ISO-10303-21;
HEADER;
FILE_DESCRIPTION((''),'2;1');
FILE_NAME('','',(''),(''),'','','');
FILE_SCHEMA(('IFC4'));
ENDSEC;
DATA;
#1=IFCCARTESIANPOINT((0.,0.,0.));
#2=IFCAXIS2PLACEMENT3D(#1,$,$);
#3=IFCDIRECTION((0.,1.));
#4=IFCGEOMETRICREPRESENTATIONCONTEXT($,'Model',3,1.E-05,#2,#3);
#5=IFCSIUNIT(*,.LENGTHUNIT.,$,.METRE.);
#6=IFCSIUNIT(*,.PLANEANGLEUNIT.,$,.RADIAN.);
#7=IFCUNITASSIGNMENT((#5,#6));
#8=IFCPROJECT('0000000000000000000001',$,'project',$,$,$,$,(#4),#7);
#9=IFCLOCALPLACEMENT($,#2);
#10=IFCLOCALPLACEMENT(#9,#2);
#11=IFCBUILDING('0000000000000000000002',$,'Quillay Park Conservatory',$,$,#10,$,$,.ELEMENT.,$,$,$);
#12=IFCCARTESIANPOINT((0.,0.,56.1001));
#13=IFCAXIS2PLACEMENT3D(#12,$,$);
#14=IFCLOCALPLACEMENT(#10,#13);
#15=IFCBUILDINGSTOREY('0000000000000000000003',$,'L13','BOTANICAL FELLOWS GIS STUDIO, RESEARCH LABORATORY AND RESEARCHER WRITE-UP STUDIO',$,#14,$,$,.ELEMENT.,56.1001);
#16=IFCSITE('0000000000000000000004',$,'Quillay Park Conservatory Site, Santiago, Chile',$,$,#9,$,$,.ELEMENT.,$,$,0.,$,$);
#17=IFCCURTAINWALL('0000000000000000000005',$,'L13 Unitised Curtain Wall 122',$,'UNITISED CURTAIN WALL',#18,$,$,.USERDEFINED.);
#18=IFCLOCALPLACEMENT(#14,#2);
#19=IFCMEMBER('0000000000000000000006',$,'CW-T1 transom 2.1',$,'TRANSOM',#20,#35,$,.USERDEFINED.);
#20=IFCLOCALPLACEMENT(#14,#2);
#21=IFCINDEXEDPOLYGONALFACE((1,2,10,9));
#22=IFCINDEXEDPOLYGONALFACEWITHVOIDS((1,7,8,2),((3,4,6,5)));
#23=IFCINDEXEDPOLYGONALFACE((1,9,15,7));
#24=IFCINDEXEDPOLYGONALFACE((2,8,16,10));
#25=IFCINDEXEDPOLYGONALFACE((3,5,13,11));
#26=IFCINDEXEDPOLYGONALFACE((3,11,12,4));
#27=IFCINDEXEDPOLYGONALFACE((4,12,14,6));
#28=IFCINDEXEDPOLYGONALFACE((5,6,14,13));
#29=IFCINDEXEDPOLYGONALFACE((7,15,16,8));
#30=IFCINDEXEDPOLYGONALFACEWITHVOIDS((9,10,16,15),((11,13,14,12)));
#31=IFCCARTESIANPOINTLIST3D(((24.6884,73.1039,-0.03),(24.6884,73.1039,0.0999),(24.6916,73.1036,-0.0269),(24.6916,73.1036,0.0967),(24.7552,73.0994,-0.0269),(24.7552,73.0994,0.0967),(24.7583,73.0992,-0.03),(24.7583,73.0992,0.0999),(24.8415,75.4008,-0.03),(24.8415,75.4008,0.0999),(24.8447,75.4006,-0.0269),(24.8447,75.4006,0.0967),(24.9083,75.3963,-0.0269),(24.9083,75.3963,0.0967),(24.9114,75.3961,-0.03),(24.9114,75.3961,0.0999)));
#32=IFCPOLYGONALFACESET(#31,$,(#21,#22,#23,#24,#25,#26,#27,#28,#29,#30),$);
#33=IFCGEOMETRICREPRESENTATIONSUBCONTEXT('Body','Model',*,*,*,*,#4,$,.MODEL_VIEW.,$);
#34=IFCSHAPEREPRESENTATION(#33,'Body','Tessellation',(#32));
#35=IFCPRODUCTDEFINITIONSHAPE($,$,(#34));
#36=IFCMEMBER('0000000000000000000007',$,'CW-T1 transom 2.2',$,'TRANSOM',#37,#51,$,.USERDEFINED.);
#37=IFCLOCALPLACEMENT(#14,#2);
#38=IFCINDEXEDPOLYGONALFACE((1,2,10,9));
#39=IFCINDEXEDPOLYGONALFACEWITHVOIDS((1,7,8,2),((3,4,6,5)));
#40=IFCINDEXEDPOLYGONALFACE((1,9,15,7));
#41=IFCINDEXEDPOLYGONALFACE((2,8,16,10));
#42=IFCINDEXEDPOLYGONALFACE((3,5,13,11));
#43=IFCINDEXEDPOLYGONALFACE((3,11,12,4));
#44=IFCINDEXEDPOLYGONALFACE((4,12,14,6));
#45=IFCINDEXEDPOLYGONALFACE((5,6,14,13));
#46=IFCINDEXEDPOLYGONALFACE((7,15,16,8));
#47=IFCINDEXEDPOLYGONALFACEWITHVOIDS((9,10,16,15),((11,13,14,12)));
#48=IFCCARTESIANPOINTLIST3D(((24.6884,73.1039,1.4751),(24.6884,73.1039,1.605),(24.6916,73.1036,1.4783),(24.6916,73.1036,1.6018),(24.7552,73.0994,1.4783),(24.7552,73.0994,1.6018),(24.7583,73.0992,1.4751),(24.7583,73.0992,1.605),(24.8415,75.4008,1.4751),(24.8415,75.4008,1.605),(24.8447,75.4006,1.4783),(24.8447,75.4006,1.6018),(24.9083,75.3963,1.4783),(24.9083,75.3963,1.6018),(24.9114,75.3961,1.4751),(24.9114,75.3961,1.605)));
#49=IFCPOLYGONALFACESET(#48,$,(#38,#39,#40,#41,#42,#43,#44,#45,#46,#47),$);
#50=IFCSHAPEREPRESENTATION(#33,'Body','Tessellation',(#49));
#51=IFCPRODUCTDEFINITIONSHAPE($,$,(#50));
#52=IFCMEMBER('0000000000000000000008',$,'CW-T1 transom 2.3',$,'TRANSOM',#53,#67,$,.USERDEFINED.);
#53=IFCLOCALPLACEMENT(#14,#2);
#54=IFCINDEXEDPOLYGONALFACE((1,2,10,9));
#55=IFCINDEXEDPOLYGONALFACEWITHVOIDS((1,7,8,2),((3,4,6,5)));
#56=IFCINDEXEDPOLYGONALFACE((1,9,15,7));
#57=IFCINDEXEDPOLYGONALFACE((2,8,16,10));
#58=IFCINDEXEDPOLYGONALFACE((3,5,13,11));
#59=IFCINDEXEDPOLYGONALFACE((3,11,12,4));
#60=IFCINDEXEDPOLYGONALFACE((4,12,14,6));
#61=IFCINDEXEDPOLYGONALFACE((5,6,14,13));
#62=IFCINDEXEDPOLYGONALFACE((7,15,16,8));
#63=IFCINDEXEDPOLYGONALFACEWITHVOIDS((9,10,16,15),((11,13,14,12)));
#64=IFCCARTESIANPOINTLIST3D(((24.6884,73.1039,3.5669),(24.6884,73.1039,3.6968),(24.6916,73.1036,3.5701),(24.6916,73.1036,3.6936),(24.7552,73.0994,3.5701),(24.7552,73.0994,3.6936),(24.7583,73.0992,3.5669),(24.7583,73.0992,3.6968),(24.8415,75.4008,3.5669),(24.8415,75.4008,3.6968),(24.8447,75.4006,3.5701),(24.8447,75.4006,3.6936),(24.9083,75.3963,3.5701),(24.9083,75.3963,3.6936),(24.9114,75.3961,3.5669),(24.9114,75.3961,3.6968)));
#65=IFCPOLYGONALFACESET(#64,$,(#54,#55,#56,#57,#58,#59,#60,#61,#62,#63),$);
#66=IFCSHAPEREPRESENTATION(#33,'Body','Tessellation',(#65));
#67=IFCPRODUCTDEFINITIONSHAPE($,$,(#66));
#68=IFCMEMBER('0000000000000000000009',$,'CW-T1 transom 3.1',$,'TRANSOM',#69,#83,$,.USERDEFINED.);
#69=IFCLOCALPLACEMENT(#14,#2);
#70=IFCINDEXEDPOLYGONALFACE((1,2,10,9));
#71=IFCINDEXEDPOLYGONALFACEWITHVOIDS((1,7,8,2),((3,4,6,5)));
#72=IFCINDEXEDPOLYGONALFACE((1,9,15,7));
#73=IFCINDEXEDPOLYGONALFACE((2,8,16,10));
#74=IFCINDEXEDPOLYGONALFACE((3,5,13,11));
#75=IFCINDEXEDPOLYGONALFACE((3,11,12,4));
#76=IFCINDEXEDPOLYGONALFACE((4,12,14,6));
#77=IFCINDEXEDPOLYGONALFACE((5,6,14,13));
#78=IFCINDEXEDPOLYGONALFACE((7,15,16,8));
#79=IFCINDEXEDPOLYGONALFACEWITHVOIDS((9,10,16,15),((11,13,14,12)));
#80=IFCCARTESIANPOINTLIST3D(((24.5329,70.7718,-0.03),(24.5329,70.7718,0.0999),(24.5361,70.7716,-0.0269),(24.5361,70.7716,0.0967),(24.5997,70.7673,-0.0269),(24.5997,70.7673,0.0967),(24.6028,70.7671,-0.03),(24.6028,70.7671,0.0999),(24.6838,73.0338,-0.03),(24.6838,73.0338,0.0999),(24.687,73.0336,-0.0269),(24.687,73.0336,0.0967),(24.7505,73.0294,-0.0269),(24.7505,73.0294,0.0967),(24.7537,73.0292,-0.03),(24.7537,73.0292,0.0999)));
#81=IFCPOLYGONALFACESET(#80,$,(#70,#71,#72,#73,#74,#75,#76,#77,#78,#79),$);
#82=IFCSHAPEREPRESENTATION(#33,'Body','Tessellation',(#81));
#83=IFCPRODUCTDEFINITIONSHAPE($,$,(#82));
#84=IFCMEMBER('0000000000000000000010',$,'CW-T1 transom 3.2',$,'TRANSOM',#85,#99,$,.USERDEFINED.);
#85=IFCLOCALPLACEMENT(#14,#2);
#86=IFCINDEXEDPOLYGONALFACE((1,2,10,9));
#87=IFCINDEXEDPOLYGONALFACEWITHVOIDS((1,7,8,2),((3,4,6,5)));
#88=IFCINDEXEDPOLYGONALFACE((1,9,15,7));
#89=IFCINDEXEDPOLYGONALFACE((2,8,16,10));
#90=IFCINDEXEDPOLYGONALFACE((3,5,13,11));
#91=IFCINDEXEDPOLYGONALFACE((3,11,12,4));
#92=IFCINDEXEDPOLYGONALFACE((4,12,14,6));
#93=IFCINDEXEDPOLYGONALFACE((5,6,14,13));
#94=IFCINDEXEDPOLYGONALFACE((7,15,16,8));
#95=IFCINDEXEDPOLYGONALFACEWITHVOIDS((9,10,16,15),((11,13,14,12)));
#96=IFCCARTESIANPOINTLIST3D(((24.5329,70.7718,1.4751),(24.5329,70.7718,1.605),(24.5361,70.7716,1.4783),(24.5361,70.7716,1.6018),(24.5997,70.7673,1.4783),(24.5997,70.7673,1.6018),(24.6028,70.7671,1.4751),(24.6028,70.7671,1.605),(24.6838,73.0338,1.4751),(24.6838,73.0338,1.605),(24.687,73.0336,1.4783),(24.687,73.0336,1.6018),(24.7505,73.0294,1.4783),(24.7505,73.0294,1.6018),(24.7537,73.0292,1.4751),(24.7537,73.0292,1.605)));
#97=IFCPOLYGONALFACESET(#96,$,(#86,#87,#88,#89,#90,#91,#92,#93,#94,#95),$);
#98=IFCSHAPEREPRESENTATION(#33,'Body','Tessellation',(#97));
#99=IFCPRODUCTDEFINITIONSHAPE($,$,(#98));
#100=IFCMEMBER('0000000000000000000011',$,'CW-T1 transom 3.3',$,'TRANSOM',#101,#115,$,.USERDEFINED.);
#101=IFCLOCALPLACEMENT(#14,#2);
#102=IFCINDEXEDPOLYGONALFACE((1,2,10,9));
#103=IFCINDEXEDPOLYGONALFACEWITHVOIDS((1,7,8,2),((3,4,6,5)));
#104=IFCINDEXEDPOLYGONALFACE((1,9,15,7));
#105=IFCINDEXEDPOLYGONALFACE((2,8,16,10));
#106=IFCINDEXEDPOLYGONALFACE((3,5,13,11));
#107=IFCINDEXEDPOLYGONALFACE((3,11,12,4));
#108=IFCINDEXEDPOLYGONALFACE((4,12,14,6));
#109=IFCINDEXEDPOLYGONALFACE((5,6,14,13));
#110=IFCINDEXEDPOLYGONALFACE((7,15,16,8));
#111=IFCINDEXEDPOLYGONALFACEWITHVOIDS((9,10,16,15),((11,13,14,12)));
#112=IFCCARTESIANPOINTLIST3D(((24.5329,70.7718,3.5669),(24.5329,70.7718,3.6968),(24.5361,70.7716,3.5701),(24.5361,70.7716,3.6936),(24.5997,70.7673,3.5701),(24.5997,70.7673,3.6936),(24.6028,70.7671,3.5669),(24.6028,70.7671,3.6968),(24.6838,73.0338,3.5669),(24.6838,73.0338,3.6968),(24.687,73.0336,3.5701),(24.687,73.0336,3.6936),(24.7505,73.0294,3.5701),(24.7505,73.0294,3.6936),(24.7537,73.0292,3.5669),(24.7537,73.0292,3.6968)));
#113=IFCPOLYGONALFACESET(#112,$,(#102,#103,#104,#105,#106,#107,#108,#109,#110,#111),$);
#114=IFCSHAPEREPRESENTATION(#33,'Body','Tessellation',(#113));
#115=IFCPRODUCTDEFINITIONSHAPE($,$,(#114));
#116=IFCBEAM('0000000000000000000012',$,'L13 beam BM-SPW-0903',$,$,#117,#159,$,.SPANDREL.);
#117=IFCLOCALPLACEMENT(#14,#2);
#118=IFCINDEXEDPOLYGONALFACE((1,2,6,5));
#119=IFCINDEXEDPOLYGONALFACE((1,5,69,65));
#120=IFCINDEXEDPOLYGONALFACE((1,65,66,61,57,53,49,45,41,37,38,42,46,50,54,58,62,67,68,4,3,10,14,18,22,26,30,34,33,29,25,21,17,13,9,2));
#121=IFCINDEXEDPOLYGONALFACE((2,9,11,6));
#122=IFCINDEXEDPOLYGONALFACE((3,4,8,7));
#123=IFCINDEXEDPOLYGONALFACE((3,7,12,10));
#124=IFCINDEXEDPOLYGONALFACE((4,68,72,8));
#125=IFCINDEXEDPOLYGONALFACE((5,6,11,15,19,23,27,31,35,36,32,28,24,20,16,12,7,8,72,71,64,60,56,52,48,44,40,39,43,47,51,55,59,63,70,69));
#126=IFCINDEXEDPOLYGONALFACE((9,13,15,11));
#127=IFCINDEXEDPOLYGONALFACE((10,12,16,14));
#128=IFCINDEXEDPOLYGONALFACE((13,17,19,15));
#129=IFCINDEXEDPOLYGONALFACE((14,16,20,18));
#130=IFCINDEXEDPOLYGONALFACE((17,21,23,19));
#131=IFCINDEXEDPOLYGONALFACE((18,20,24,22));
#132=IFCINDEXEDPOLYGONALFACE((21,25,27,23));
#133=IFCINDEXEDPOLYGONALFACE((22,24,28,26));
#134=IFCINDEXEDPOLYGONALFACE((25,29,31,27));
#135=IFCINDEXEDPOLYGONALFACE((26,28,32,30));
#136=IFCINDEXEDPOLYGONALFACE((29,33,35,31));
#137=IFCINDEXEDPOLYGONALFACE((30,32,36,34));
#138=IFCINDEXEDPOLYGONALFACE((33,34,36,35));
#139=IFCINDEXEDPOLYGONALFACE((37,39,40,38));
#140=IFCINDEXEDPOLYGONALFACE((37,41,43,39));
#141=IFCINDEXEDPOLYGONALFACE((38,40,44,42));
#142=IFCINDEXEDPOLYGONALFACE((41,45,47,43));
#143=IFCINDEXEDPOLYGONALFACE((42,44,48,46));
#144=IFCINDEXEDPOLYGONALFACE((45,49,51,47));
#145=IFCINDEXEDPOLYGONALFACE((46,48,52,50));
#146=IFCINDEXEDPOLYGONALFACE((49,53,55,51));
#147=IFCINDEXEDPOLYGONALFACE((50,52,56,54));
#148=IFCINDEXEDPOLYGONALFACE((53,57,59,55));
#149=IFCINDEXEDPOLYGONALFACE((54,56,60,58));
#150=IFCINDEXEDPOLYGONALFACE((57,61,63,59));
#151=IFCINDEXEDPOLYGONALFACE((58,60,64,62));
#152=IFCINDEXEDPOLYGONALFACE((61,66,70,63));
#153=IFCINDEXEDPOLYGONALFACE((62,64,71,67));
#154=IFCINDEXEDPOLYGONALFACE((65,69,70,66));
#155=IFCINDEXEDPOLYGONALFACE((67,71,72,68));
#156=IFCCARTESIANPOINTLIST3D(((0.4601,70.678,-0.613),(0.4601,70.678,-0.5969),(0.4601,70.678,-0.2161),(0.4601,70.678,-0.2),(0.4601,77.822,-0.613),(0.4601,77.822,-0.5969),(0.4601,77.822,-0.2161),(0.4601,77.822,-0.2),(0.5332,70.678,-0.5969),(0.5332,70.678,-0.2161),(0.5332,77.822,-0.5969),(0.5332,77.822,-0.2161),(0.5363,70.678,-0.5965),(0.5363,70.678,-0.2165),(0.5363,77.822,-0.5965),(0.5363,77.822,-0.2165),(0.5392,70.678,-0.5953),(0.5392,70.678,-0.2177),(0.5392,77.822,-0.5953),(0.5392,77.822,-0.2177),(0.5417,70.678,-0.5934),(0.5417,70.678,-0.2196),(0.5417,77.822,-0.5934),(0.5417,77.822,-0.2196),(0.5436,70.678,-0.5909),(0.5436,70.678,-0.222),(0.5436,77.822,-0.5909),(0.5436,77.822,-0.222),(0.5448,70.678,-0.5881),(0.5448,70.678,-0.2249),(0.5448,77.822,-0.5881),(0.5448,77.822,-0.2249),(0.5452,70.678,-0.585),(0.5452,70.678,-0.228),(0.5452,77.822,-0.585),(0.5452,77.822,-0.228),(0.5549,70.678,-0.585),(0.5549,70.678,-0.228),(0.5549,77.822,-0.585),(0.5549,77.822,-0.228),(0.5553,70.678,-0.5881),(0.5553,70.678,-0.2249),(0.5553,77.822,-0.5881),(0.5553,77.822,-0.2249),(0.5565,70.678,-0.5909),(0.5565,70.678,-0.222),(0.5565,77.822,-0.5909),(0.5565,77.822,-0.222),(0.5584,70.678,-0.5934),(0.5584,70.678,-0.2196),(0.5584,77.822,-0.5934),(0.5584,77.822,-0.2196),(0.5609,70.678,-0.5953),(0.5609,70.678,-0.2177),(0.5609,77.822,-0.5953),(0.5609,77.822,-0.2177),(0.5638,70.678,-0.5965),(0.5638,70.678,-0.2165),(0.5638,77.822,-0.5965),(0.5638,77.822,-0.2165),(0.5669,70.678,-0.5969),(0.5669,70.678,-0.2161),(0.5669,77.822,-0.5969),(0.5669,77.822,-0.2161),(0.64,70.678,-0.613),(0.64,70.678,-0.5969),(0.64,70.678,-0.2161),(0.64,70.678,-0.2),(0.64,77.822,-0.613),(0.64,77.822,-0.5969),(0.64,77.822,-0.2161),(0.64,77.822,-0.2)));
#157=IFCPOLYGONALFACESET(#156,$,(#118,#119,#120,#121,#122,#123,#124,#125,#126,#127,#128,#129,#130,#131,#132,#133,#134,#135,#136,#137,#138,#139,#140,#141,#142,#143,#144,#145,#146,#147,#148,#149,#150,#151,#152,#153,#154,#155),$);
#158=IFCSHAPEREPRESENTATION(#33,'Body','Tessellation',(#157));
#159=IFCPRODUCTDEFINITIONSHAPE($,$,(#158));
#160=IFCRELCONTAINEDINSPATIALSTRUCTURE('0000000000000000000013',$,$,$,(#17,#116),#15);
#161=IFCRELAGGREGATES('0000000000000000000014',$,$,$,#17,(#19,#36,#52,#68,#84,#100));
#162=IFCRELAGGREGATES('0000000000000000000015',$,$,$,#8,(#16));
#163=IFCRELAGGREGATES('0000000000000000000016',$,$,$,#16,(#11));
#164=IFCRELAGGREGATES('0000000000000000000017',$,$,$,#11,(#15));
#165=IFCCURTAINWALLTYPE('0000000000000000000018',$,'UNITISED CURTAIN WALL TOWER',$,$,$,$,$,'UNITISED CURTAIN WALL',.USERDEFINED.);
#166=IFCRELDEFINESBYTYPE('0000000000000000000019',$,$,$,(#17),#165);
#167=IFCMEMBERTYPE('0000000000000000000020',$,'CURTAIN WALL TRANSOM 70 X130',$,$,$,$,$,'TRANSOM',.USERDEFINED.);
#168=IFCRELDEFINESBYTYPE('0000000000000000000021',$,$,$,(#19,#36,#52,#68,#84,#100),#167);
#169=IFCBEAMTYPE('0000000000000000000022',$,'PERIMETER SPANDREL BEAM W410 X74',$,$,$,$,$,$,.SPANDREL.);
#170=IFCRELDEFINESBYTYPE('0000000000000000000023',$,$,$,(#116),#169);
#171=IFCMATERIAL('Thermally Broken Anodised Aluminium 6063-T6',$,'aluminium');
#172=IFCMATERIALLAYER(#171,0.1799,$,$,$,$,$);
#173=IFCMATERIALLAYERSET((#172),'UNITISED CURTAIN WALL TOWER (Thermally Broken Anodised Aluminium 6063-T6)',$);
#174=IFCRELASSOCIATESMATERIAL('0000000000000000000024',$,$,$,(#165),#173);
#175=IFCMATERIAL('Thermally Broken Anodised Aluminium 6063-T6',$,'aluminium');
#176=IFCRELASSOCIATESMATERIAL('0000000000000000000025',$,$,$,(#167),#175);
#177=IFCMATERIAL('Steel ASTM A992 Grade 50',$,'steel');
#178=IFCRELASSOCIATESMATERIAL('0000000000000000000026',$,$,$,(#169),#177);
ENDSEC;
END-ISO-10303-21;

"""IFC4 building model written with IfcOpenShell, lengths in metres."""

from ifc_helpers import new_model, si_unit, direction, frame, origin, origin_2d, place, context, subcontext, project, spatial, hollow_rectangle, i_section, extrude, material, layer, layer_set, material_profile, profile_set, type_object, element, aggregate, save


model = new_model("IFC4")

# Units and contexts
model_context = context("Model", 3, precision=1e-05, world=origin(), true_north=direction((0.0, 1.0)))
body_context = subcontext(model_context, "Body", "Model", "MODEL_VIEW")
ifc_project = project(units=[si_unit("LENGTHUNIT", "METRE"), si_unit("PLANEANGLEUNIT", "RADIAN")], contexts=[model_context])

# Site, building, storey
site_placement = place(None, origin())
site = spatial("IfcSite", under=ifc_project, at=site_placement, Name="Quillay Park Conservatory Site, Santiago, Chile", CompositionType="ELEMENT", RefElevation=0.0)
building_placement = place(site_placement, origin())
building = spatial("IfcBuilding", under=site, at=building_placement, Name="Quillay Park Conservatory", CompositionType="ELEMENT")
storey_placement = place(building_placement, frame((0.0, 0.0, 56.1001)))
storey = spatial("IfcBuildingStorey", under=building, at=storey_placement, Name="L13", Description="BOTANICAL FELLOWS GIS STUDIO, RESEARCH LABORATORY AND RESEARCHER WRITE-UP STUDIO", CompositionType="ELEMENT", Elevation=56.1001)

# Curtain wall, members
ifc_material_1 = material(Name="Thermally Broken Anodised Aluminium 6063-T6", Category="aluminium")
ifc_layer_1 = layer(ifc_material_1, 0.1799)
ifc_layer_set_1 = layer_set([ifc_layer_1], Name="UNITISED CURTAIN WALL TOWER (Thermally Broken Anodised Aluminium 6063-T6)")
curtain_wall_type = type_object("IfcCurtainWallType", Name="UNITISED CURTAIN WALL TOWER", ElementType="UNITISED CURTAIN WALL", PredefinedType="USERDEFINED", material=ifc_layer_set_1)
curtain_wall_placement = place(storey_placement, origin())
curtain_wall = element("IfcCurtainWall", 1, at=curtain_wall_placement, inside=storey, type_object=curtain_wall_type, Name="L13 Unitised Curtain Wall 122", ObjectType="UNITISED CURTAIN WALL", PredefinedType="USERDEFINED")
ifc_material_2 = material(Name="Thermally Broken Anodised Aluminium 6063-T6", Category="aluminium")
ifc_material_profile_1 = material_profile(ifc_material_2, hollow_rectangle(XDim=0.0701, YDim=0.1299, WallThickness=0.0032, at=origin_2d()), Name="AL70x130x3.2")
ifc_profile_set_1 = profile_set([ifc_material_profile_1], Name="Thermally Broken Anodised Aluminium 6063-T6")
member_type_1 = type_object("IfcMemberType", Name="CURTAIN WALL TRANSOM 70 X130", ElementType="TRANSOM", PredefinedType="USERDEFINED", material=ifc_profile_set_1)
member_1_placement = place(storey_placement, frame((24.8765, 75.3984, 0.0349), z_axis=(-0.066498, -0.997787, 0.0), x_axis=(0.997787, -0.066498, 0.0)))
member_1 = element("IfcMember", 2, at=member_1_placement, type_object=member_type_1, Name="CW-T1 transom 2.1", ObjectType="TRANSOM", PredefinedType="USERDEFINED", context=body_context, shape_type="SweptSolid", body=[
    extrude(hollow_rectangle(XDim=0.0701, YDim=0.1299, WallThickness=0.0032, at=origin_2d()), origin(), (0.0, 0.0, 1.0), 2.302),
])
member_2_placement = place(storey_placement, frame((24.8765, 75.3984, 1.54), z_axis=(-0.066498, -0.997787, 0.0), x_axis=(0.997787, -0.066498, 0.0)))
member_2 = element("IfcMember", 3, at=member_2_placement, type_object=member_type_1, Name="CW-T1 transom 2.2", ObjectType="TRANSOM", PredefinedType="USERDEFINED", context=body_context, shape_type="SweptSolid", body=[
    extrude(hollow_rectangle(XDim=0.0701, YDim=0.1299, WallThickness=0.0032, at=origin_2d()), origin(), (0.0, 0.0, 1.0), 2.302),
])
member_3_placement = place(storey_placement, frame((24.8765, 75.3984, 3.6318), z_axis=(-0.066498, -0.997787, 0.0), x_axis=(0.997787, -0.066498, 0.0)))
member_3 = element("IfcMember", 4, at=member_3_placement, type_object=member_type_1, Name="CW-T1 transom 2.3", ObjectType="TRANSOM", PredefinedType="USERDEFINED", context=body_context, shape_type="SweptSolid", body=[
    extrude(hollow_rectangle(XDim=0.0701, YDim=0.1299, WallThickness=0.0032, at=origin_2d()), origin(), (0.0, 0.0, 1.0), 2.302),
])
member_4_placement = place(storey_placement, frame((24.7188, 73.0315, 0.0349), z_axis=(-0.066555, -0.997783, 0.0), x_axis=(0.997783, -0.066555, 0.0)))
member_4 = element("IfcMember", 5, at=member_4_placement, type_object=member_type_1, Name="CW-T1 transom 3.1", ObjectType="TRANSOM", PredefinedType="USERDEFINED", context=body_context, shape_type="SweptSolid", body=[
    extrude(hollow_rectangle(XDim=0.0701, YDim=0.1299, WallThickness=0.0032, at=origin_2d()), origin(), (0.0, 0.0, 1.0), 2.2671),
])
member_5_placement = place(storey_placement, frame((24.7188, 73.0315, 1.54), z_axis=(-0.066555, -0.997783, 0.0), x_axis=(0.997783, -0.066555, 0.0)))
member_5 = element("IfcMember", 6, at=member_5_placement, type_object=member_type_1, Name="CW-T1 transom 3.2", ObjectType="TRANSOM", PredefinedType="USERDEFINED", context=body_context, shape_type="SweptSolid", body=[
    extrude(hollow_rectangle(XDim=0.0701, YDim=0.1299, WallThickness=0.0032, at=origin_2d()), origin(), (0.0, 0.0, 1.0), 2.2671),
])
member_6_placement = place(storey_placement, frame((24.7188, 73.0315, 3.6318), z_axis=(-0.066555, -0.997783, 0.0), x_axis=(0.997783, -0.066555, 0.0)))
member_6 = element("IfcMember", 7, at=member_6_placement, type_object=member_type_1, Name="CW-T1 transom 3.3", ObjectType="TRANSOM", PredefinedType="USERDEFINED", context=body_context, shape_type="SweptSolid", body=[
    extrude(hollow_rectangle(XDim=0.0701, YDim=0.1299, WallThickness=0.0032, at=origin_2d()), origin(), (0.0, 0.0, 1.0), 2.2671),
])

# Beam
ifc_material_3 = material(Name="Steel ASTM A992 Grade 50", Category="steel")
ifc_material_profile_2 = material_profile(ifc_material_3, i_section(OverallWidth=0.1799, OverallDepth=0.4131, WebThickness=0.0098, FlangeThickness=0.0161, FilletRadius=0.012, at=origin_2d()), Name="W410x74")
ifc_profile_set_2 = profile_set([ifc_material_profile_2], Name="Steel ASTM A992 Grade 50")
beam_type_1 = type_object("IfcBeamType", Name="PERIMETER SPANDREL BEAM W410 X74", PredefinedType="SPANDREL", material=ifc_profile_set_2)
beam_1_placement = place(storey_placement, frame((0.55, 70.678, -0.4065), z_axis=(0.0, 1.0, 0.0), x_axis=(-1.0, 0.0, 0.0)))
element("IfcBeam", 8, at=beam_1_placement, inside=storey, type_object=beam_type_1, Name="L13 beam BM-SPW-0903", PredefinedType="SPANDREL", context=body_context, shape_type="SweptSolid", body=[
    extrude(i_section(OverallWidth=0.1799, OverallDepth=0.4131, WebThickness=0.0098, FlangeThickness=0.0161, FilletRadius=0.012, at=origin_2d()), origin(), (0.0, 0.0, 1.0), 7.144),
])

aggregate(curtain_wall, [member_1, member_2, member_3, member_4, member_5, member_6])

save(model, "model.ifc")
